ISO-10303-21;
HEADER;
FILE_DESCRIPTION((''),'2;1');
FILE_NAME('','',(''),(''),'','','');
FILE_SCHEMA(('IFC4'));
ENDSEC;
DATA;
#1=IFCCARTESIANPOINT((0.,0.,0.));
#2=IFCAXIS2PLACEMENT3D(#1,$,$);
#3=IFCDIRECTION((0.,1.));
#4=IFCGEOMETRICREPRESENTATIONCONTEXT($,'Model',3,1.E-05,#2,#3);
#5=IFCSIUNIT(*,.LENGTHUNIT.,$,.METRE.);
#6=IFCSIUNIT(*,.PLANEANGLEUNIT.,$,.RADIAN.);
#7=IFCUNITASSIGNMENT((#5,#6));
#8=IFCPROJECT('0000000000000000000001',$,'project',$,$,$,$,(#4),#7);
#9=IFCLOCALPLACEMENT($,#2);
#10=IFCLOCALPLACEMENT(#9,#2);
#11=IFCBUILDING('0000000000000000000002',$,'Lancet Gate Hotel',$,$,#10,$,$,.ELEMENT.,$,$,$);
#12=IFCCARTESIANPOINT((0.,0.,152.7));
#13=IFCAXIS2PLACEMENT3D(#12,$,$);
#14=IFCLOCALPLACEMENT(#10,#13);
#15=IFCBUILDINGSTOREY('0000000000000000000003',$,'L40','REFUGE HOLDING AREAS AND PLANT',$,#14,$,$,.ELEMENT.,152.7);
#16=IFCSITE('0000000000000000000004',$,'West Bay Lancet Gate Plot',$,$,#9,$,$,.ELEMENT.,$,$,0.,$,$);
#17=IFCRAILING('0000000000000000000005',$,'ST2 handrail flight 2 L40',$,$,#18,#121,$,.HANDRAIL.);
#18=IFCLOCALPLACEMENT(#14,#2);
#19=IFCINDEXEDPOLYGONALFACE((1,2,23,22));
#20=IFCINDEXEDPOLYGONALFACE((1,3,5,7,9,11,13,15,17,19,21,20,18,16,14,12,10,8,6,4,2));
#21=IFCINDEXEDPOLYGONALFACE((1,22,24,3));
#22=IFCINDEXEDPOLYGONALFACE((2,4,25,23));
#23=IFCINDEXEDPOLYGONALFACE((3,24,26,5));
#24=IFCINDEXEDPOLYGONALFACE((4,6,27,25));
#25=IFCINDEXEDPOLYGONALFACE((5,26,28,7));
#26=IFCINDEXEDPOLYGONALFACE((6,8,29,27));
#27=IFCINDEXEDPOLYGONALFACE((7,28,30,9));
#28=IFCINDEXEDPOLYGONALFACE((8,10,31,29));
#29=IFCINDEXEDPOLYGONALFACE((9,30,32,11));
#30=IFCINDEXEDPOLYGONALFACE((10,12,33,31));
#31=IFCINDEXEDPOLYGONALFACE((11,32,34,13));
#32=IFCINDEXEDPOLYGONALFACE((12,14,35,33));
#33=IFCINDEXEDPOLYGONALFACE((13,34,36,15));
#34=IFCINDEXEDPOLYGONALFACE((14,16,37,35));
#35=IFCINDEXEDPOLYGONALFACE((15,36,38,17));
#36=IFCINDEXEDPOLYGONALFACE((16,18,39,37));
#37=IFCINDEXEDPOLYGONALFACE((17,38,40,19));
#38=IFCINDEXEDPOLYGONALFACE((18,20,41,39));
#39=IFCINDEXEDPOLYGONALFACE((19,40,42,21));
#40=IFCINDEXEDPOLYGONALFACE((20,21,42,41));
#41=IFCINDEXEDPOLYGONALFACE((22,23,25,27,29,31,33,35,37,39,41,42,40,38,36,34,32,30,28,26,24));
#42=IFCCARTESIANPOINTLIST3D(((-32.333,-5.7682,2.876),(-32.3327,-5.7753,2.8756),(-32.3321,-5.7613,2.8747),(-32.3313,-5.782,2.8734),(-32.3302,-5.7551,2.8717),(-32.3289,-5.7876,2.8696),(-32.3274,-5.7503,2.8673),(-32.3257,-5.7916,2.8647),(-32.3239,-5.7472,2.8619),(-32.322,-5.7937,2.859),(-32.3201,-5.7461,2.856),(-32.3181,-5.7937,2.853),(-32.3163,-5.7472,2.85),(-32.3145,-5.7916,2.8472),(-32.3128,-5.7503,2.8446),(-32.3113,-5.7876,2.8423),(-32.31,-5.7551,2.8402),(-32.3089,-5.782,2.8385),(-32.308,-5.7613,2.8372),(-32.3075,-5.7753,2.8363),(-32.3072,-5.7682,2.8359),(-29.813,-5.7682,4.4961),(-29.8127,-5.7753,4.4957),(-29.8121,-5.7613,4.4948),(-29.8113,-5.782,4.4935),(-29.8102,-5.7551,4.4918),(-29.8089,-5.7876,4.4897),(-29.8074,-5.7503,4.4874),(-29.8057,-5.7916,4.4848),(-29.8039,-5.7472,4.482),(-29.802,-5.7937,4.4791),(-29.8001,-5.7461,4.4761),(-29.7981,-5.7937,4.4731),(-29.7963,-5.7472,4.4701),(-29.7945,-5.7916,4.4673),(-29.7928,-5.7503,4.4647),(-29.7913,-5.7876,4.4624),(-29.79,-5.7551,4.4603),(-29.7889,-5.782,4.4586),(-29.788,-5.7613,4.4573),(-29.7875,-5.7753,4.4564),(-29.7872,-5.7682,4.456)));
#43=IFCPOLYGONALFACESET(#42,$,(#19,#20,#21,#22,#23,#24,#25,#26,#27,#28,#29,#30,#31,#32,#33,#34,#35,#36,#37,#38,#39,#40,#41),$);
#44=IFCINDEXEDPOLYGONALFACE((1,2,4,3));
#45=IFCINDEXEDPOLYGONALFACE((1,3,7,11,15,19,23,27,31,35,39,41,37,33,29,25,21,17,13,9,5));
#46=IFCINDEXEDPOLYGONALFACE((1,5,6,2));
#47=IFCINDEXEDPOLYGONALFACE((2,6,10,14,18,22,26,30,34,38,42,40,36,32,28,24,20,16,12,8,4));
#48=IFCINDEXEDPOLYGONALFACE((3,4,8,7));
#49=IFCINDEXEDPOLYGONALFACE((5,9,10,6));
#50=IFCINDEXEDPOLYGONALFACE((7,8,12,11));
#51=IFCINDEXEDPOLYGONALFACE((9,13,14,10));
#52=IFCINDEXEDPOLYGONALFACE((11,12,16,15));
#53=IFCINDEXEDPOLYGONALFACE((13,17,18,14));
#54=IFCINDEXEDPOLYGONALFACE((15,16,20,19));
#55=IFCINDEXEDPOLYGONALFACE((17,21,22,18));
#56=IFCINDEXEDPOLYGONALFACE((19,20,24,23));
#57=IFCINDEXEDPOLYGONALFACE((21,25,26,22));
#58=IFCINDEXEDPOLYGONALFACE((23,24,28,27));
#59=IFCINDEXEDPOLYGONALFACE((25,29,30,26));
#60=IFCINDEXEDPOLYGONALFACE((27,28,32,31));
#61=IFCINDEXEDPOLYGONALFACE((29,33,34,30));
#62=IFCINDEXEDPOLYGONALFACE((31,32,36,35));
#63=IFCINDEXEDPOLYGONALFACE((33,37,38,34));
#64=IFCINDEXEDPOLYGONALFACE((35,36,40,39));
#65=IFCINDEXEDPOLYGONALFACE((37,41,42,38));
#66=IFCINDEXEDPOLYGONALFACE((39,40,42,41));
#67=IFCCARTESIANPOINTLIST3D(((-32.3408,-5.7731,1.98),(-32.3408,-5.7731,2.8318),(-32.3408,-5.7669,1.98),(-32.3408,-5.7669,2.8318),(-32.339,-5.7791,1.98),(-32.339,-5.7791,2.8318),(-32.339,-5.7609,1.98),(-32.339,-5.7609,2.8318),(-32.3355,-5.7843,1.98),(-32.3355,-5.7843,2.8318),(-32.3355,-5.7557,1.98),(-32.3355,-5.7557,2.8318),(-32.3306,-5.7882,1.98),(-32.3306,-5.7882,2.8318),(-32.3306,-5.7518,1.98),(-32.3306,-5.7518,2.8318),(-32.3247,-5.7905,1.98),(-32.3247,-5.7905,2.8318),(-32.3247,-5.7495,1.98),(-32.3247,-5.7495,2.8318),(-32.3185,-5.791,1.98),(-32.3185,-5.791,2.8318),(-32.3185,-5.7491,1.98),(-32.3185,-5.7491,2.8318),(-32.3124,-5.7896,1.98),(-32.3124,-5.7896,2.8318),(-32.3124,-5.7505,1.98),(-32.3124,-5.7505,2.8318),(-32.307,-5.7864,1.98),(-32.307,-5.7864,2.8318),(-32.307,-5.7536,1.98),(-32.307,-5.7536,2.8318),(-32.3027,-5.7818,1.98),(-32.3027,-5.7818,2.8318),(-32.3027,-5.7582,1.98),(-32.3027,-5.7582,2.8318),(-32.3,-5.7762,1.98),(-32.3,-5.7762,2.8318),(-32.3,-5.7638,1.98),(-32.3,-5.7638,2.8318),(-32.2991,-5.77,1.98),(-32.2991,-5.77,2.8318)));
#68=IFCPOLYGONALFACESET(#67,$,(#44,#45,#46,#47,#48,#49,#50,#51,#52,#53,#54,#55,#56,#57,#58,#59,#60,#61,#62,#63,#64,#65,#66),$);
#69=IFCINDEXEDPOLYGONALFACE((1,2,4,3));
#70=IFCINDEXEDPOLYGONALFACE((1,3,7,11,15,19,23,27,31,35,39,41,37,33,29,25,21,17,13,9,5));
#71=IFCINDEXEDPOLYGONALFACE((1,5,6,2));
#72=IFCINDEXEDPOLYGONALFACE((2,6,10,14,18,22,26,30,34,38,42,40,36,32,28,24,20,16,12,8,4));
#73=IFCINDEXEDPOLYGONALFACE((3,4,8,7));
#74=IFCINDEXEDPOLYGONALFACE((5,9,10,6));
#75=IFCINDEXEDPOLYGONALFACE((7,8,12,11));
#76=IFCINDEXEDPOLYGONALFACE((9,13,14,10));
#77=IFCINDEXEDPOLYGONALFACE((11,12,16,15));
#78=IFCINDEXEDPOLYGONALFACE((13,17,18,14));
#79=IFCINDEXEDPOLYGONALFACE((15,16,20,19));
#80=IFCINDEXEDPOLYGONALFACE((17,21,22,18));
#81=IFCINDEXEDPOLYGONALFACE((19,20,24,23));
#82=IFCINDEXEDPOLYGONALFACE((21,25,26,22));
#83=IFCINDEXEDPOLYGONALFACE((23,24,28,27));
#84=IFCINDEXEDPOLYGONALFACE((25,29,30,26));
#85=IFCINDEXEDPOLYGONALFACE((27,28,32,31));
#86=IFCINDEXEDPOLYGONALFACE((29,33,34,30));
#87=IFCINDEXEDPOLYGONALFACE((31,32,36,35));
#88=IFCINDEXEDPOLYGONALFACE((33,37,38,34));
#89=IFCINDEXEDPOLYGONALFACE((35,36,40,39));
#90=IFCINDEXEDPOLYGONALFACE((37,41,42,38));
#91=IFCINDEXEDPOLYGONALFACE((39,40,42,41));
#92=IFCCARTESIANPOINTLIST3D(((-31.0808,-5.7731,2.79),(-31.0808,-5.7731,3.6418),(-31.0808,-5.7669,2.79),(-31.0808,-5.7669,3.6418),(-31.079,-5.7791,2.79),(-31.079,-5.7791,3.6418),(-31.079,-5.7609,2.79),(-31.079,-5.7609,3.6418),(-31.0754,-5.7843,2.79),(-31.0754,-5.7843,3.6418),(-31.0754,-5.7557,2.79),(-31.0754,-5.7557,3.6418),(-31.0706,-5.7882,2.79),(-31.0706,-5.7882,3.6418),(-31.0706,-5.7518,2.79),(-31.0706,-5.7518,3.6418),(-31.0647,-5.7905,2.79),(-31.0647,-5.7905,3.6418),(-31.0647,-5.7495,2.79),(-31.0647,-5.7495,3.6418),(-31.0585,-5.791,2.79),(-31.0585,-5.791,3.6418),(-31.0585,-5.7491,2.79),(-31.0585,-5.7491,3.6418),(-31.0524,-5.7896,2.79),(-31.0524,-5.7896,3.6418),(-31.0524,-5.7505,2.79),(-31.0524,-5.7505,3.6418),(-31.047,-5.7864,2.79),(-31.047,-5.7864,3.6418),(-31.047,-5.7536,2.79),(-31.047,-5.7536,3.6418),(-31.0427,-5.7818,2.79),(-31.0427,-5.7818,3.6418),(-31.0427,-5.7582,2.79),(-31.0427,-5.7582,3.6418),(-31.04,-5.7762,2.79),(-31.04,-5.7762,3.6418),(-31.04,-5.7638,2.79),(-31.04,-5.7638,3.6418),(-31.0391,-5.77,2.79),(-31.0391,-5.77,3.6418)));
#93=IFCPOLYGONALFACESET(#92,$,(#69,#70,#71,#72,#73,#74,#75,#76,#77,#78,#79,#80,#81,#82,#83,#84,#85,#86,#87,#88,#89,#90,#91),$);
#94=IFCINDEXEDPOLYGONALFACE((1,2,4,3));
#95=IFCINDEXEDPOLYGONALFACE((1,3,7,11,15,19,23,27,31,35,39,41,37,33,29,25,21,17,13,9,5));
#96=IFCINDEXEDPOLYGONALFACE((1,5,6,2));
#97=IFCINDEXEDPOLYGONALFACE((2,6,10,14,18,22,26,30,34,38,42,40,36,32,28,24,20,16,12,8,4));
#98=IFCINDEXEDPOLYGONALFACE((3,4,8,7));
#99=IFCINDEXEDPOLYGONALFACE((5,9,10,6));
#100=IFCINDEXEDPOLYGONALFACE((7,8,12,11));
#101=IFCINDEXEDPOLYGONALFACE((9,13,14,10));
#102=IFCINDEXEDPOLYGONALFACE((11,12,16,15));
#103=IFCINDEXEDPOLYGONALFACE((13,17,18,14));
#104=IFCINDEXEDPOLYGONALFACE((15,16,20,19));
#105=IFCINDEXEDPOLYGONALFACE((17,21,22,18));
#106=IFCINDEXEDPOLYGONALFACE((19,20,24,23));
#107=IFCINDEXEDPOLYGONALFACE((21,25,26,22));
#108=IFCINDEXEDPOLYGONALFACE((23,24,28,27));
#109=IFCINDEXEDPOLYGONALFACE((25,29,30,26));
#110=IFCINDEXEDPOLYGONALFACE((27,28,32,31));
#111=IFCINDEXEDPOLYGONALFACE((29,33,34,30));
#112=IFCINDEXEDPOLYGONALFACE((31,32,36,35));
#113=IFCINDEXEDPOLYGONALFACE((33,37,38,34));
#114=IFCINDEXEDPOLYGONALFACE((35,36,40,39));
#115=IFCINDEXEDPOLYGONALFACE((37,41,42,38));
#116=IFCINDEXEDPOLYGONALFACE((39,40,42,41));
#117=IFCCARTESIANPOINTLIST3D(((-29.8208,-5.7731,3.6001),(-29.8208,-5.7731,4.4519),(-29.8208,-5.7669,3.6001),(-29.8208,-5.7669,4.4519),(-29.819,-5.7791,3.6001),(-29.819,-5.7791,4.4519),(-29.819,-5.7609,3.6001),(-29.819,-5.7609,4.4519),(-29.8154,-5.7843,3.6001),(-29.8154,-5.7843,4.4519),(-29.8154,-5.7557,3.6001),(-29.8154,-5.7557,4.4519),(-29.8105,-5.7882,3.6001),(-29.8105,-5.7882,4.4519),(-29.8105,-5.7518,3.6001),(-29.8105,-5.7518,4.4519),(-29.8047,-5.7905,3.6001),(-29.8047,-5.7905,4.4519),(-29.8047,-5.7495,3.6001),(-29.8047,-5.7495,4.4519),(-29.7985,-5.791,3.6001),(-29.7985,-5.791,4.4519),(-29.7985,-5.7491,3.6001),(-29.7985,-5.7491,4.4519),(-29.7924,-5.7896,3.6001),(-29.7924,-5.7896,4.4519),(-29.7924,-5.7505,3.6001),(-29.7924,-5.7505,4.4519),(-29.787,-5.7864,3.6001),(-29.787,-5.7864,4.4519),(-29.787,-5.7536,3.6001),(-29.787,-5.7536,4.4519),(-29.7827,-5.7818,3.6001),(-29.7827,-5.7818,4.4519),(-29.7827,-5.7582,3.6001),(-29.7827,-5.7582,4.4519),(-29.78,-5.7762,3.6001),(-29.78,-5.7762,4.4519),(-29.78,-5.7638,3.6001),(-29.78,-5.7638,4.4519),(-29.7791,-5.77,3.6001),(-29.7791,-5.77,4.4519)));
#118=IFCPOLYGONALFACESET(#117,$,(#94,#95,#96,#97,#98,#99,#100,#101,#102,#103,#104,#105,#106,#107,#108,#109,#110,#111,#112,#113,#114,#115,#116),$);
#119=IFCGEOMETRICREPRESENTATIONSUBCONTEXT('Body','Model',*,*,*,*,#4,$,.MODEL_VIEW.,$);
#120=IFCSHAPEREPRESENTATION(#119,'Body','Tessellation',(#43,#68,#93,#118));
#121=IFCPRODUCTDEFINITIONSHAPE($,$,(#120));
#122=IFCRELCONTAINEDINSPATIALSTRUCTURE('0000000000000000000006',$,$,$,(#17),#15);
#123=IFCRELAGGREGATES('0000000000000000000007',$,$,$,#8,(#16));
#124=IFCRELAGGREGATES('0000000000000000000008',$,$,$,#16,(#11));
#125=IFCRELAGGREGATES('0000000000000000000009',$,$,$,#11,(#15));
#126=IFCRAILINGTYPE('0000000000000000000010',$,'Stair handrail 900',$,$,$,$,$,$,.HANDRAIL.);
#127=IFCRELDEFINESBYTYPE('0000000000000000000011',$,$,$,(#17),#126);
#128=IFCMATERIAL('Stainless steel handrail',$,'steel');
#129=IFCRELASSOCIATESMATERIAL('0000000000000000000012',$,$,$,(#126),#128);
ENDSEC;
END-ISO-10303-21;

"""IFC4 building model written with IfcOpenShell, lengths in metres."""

from ifc_helpers import new_model, si_unit, direction, frame, origin, origin_2d, place, context, subcontext, project, spatial, circle, extrude, material, type_object, element, save


model = new_model("IFC4")

# Units and contexts
model_context = context("Model", 3, precision=1e-05, world=origin(), true_north=direction((0.0, 1.0)))
body_context = subcontext(model_context, "Body", "Model", "MODEL_VIEW")
ifc_project = project(units=[si_unit("LENGTHUNIT", "METRE"), si_unit("PLANEANGLEUNIT", "RADIAN")], contexts=[model_context])

# Site, building, storey
site_placement = place(None, origin())
site = spatial("IfcSite", under=ifc_project, at=site_placement, Name="West Bay Lancet Gate Plot", CompositionType="ELEMENT", RefElevation=0.0)
building_placement = place(site_placement, origin())
building = spatial("IfcBuilding", under=site, at=building_placement, Name="Lancet Gate Hotel", CompositionType="ELEMENT")
storey_placement = place(building_placement, frame((0.0, 0.0, 152.7)))
storey = spatial("IfcBuildingStorey", under=building, at=storey_placement, Name="L40", Description="REFUGE HOLDING AREAS AND PLANT", CompositionType="ELEMENT", Elevation=152.7)

# Railing
ifc_material_1 = material(Name="Stainless steel handrail", Category="steel")
railing_type = type_object("IfcRailingType", Name="Stair handrail 900", PredefinedType="HANDRAIL", material=ifc_material_1)
railing_1_placement = place(storey_placement, frame((-32.3201, -5.77, 1.98)))
element("IfcRailing", 1, at=railing_1_placement, inside=storey, type_object=railing_type, Name="ST2 handrail flight 2 L40", PredefinedType="HANDRAIL", context=body_context, shape_type="SweptSolid", body=[
    extrude(circle(Radius=0.0239, at=origin_2d()), frame((0.0, 0.0, 0.876), z_axis=(0.841163, 0.0, 0.540782), x_axis=(0.0, 1.0, 0.0)), (0.0, 0.0, 1.0), 2.9958),
    extrude(circle(Radius=0.021, at=origin_2d()), origin(), (0.0, 0.0, 1.0), 0.8518),
    extrude(circle(Radius=0.021, at=origin_2d()), frame((1.26, 0.0, 0.8101)), (0.0, 0.0, 1.0), 0.8518),
    extrude(circle(Radius=0.021, at=origin_2d()), frame((2.52, 0.0, 1.6201)), (0.0, 0.0, 1.0), 0.8518),
])

save(model, "model.ifc")
